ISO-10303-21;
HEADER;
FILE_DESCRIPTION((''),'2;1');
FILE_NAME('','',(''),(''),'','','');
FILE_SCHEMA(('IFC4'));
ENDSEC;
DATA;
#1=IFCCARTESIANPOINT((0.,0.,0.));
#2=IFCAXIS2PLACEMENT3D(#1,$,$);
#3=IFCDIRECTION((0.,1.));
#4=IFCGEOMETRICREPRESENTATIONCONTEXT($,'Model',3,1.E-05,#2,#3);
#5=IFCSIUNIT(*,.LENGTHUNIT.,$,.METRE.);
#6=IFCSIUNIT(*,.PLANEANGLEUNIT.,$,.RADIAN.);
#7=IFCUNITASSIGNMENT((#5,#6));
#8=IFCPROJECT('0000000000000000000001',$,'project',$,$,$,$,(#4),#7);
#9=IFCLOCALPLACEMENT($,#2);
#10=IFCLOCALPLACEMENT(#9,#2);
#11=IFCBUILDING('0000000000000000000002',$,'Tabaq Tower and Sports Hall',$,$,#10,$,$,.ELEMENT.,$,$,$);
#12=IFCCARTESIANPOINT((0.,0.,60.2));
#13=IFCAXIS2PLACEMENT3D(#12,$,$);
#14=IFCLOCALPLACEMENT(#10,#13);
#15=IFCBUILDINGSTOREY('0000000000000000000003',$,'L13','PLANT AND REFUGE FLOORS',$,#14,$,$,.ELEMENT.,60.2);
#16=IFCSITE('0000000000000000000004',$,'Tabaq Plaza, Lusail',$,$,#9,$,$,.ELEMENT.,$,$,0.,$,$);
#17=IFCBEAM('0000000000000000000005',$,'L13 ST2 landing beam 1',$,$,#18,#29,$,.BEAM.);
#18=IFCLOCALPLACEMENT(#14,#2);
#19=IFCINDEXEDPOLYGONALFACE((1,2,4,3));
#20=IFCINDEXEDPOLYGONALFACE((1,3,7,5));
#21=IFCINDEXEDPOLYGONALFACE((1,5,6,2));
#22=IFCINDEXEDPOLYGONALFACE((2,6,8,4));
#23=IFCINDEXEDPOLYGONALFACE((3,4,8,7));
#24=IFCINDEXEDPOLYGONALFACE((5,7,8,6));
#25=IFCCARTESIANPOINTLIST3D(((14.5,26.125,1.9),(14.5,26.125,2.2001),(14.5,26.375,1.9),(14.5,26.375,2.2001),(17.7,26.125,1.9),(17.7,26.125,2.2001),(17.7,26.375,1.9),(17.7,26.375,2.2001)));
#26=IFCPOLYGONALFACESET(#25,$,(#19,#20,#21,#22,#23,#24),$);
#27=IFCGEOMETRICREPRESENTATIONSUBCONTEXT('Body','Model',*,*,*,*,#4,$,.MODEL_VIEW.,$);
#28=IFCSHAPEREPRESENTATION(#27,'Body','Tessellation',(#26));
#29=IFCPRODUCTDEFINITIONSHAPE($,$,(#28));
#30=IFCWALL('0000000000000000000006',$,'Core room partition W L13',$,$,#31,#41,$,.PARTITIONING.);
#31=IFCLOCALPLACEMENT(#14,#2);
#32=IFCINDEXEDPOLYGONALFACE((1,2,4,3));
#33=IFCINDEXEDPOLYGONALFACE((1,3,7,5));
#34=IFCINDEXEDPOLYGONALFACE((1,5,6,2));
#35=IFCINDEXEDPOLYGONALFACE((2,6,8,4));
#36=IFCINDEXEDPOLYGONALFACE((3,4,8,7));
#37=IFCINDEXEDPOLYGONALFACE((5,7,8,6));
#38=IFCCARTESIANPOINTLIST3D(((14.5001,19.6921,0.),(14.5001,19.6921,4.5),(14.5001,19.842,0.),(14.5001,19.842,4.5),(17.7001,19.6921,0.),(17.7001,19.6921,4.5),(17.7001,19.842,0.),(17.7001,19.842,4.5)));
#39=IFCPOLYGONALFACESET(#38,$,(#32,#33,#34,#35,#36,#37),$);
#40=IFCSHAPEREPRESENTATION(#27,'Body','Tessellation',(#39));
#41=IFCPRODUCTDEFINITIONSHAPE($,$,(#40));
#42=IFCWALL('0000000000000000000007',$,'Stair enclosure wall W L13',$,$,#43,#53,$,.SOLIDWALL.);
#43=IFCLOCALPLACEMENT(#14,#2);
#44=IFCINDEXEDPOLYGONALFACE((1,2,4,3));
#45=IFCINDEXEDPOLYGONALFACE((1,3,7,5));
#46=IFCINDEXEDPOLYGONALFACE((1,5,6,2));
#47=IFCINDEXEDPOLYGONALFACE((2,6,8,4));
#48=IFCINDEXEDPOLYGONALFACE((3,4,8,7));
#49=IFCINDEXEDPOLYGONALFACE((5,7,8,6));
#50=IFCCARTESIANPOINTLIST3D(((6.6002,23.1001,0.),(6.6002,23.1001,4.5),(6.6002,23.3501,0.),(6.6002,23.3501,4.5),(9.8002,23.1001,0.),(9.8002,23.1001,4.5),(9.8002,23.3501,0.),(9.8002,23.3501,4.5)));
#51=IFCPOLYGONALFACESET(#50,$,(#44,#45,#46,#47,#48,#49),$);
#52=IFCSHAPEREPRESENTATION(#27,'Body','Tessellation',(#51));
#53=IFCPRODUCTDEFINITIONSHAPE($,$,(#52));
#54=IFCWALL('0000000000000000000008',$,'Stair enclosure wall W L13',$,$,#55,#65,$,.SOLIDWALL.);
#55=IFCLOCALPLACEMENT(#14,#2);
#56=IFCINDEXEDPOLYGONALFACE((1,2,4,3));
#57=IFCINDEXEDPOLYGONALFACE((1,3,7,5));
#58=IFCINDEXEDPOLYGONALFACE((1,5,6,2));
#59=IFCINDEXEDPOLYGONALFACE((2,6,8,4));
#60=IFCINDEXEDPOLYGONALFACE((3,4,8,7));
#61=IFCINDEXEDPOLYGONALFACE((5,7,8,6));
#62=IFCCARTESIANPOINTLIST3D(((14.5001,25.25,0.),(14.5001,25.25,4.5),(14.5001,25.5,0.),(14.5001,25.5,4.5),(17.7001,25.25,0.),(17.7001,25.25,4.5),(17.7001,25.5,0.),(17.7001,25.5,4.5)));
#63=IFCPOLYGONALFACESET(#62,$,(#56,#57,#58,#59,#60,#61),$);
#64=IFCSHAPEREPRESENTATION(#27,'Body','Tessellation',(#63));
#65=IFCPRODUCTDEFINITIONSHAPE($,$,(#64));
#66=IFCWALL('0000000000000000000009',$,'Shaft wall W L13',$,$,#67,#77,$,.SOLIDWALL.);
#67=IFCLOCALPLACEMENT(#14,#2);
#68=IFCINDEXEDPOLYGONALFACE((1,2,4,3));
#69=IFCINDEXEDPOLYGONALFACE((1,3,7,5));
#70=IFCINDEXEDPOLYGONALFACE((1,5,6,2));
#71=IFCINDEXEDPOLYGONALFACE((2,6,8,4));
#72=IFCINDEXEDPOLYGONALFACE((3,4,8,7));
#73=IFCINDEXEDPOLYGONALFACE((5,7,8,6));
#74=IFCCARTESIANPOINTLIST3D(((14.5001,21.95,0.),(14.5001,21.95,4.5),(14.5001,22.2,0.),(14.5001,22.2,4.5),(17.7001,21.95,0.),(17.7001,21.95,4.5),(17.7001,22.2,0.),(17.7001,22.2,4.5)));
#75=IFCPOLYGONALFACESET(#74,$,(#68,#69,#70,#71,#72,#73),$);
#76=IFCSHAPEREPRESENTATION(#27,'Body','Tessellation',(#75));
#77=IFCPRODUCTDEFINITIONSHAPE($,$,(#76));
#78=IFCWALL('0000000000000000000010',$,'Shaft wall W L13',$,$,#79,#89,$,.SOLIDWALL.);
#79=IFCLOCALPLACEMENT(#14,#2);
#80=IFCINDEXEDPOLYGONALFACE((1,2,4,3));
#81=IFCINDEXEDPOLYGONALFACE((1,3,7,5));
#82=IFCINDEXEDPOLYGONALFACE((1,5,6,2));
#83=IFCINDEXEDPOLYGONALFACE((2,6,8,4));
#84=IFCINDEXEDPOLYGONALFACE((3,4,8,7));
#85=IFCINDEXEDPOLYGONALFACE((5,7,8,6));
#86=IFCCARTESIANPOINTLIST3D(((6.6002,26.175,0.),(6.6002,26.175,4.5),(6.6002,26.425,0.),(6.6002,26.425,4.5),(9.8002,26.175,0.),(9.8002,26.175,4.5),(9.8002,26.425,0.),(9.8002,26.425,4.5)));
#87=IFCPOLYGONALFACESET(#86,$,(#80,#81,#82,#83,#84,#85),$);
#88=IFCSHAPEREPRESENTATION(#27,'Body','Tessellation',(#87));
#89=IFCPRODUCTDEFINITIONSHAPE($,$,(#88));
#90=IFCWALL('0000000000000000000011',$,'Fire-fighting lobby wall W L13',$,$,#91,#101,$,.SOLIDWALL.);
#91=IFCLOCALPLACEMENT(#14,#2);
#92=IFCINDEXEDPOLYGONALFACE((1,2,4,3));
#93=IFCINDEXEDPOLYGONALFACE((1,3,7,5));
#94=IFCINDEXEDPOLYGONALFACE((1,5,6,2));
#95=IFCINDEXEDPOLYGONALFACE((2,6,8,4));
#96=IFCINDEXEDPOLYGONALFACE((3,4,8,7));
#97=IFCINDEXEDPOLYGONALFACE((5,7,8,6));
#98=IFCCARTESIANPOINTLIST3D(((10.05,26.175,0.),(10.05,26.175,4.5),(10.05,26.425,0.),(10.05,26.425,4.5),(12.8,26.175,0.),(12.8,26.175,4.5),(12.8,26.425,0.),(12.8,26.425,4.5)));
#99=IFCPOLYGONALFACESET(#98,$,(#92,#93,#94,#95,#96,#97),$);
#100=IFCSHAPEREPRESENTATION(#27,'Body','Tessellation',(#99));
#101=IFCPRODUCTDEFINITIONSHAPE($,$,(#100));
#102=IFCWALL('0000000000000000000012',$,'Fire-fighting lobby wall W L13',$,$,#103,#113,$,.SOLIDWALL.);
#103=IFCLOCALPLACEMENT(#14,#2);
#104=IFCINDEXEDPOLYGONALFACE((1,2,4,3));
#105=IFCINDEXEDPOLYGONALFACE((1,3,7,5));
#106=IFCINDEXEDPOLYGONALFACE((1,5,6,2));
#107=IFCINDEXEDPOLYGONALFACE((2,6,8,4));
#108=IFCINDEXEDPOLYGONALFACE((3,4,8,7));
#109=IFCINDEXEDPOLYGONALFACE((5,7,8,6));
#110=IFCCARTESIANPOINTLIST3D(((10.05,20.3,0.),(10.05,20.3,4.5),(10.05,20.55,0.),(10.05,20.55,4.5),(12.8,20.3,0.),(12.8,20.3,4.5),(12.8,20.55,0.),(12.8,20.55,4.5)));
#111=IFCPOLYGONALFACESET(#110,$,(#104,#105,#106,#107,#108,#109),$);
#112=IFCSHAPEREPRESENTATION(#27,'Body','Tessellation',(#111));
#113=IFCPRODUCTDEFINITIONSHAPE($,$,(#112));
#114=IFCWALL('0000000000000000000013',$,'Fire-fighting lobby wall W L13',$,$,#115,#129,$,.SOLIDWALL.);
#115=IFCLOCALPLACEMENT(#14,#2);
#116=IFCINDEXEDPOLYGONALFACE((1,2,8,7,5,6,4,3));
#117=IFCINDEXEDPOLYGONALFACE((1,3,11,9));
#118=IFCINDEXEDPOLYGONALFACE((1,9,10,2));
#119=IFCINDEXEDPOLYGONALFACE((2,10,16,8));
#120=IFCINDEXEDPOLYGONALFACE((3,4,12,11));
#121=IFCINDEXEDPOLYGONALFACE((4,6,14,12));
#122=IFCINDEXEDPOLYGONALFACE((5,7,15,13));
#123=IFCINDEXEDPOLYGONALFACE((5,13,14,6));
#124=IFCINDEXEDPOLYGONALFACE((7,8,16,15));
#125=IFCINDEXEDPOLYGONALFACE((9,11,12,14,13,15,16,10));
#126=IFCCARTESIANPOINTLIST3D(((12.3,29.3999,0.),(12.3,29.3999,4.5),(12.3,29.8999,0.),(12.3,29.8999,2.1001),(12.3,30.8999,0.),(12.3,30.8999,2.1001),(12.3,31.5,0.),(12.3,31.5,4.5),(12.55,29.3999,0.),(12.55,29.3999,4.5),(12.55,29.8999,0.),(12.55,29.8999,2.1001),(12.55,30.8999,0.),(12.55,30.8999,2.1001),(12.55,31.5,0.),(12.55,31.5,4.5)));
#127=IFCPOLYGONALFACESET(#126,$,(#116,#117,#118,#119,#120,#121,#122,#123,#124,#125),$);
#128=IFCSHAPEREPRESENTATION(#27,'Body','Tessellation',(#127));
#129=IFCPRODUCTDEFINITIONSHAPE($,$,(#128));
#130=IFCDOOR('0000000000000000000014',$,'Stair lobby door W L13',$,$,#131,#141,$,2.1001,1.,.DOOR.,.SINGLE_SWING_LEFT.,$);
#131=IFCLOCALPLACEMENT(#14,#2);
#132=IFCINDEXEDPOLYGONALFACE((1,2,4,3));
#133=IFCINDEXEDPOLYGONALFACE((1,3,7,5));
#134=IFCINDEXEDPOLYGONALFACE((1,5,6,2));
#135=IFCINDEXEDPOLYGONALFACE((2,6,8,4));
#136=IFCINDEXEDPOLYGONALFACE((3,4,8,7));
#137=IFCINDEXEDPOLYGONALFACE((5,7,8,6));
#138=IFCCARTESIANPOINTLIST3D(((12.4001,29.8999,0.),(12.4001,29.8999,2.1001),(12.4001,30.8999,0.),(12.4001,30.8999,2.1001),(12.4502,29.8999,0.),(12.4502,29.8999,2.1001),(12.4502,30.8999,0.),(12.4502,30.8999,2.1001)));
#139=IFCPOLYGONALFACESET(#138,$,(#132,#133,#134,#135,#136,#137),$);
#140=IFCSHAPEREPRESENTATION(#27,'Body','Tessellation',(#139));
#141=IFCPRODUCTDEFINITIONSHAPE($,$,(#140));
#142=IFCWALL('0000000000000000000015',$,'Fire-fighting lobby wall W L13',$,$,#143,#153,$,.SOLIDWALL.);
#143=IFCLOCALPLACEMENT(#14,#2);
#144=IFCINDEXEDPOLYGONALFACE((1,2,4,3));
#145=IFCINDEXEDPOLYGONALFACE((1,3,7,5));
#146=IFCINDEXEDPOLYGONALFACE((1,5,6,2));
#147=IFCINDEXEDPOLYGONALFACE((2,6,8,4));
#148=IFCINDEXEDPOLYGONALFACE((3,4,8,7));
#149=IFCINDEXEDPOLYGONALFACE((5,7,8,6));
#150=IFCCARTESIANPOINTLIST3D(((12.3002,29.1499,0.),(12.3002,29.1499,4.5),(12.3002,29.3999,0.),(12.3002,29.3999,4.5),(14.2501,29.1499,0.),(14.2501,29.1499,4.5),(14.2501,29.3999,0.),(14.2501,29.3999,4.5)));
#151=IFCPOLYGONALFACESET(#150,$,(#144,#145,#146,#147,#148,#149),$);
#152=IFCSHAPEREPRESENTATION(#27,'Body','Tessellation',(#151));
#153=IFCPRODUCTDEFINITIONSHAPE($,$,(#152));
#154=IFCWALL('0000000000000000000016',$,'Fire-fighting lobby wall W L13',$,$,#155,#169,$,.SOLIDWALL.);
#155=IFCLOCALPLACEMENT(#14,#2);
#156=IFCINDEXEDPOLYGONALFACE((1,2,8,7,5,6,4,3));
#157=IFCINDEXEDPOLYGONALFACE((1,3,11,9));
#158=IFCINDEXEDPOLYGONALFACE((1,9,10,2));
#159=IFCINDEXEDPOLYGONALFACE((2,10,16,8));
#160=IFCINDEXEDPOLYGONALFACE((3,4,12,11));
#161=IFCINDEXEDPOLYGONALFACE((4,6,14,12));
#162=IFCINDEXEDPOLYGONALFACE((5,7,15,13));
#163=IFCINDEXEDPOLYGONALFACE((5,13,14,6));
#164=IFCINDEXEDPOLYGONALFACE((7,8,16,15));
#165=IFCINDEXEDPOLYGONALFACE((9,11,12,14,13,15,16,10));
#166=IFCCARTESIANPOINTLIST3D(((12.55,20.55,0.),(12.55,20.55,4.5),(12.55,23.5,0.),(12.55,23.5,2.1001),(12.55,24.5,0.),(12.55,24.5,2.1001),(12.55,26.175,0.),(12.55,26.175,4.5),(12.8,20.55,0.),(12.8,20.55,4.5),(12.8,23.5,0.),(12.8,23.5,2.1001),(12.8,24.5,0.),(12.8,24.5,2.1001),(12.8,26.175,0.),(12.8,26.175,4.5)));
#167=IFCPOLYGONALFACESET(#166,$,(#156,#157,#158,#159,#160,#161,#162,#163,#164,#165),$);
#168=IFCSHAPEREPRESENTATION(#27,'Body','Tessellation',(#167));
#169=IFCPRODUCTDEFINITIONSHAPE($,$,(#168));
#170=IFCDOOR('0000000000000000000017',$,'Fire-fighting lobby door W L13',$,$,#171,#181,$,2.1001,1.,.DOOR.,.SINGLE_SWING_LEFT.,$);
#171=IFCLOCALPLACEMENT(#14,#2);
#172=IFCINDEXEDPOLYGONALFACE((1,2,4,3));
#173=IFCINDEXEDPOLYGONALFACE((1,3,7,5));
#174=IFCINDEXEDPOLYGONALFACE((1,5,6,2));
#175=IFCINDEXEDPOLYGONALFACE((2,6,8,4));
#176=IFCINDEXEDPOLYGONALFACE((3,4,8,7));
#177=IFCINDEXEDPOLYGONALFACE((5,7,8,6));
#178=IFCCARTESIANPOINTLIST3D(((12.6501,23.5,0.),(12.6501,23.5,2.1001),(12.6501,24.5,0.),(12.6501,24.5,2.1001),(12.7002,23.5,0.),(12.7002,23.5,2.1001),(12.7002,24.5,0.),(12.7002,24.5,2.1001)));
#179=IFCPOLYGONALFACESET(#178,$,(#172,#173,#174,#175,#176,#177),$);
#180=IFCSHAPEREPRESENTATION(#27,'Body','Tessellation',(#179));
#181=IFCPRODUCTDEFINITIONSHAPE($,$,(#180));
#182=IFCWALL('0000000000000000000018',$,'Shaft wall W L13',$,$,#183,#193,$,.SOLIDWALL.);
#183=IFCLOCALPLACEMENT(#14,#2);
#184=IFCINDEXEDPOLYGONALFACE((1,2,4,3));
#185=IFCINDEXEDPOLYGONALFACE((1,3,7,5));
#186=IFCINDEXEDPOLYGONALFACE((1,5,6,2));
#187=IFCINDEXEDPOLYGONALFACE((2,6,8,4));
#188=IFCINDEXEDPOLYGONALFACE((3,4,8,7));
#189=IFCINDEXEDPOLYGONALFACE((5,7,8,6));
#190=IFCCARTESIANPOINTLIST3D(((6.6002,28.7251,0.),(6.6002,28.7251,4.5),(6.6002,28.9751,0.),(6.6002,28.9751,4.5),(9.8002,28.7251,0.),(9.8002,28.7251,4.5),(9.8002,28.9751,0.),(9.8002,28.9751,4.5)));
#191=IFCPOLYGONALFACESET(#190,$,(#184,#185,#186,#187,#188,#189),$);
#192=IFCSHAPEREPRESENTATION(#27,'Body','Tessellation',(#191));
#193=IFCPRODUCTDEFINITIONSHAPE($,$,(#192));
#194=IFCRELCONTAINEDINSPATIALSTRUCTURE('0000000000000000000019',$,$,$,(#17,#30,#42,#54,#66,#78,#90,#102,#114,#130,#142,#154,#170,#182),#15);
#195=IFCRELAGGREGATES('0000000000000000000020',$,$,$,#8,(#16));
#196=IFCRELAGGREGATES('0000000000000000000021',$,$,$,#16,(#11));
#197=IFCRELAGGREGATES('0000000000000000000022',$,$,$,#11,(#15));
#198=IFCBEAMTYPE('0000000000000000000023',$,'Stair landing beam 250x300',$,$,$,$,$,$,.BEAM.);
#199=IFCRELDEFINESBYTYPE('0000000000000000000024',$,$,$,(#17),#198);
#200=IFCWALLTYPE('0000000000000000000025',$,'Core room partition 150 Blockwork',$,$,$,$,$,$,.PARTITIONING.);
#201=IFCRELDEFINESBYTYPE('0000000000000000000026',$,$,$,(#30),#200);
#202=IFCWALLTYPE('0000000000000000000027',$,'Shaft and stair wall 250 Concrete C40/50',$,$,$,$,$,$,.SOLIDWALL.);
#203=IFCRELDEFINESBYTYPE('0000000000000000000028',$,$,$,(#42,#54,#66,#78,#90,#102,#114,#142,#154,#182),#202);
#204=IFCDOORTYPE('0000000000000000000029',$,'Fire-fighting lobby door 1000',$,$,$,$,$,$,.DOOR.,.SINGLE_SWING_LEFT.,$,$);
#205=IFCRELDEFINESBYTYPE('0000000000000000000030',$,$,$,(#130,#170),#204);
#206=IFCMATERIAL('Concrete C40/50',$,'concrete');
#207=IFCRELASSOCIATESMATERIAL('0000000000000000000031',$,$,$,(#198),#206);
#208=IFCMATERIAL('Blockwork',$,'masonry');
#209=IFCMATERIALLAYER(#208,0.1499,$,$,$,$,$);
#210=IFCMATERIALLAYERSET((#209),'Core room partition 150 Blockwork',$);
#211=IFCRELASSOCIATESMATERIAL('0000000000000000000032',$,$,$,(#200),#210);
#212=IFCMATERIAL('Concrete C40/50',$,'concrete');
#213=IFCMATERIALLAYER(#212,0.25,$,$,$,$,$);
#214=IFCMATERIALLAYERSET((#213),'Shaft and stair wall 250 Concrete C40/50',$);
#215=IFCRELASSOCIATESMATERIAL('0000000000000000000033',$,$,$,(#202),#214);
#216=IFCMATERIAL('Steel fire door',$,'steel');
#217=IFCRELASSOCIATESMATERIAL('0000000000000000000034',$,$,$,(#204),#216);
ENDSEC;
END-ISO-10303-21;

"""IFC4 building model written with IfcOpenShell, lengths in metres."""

from ifc_helpers import new_model, si_unit, direction, frame, frame_2d, origin, origin_2d, place, context, subcontext, project, spatial, rectangle, extrude, material, layer, layer_set, material_profile, profile_set, type_object, element, fill, save


model = new_model("IFC4")

# Units and contexts
model_context = context("Model", 3, precision=1e-05, world=origin(), true_north=direction((0.0, 1.0)))
body_context = subcontext(model_context, "Body", "Model", "MODEL_VIEW")
ifc_project = project(units=[si_unit("LENGTHUNIT", "METRE"), si_unit("PLANEANGLEUNIT", "RADIAN")], contexts=[model_context])

# Site, building, storey
site_placement = place(None, origin())
site = spatial("IfcSite", under=ifc_project, at=site_placement, Name="Tabaq Plaza, Lusail", CompositionType="ELEMENT", RefElevation=0.0)
building_placement = place(site_placement, origin())
building = spatial("IfcBuilding", under=site, at=building_placement, Name="Tabaq Tower and Sports Hall", CompositionType="ELEMENT")
storey_placement = place(building_placement, frame((0.0, 0.0, 60.2)))
storey = spatial("IfcBuildingStorey", under=building, at=storey_placement, Name="L13", Description="PLANT AND REFUGE FLOORS", CompositionType="ELEMENT", Elevation=60.2)

# Beam
ifc_material_1 = material(Name="Concrete C40/50", Category="concrete")
ifc_material_profile = material_profile(ifc_material_1, rectangle(XDim=0.25, YDim=0.3, at=origin_2d()), Name="RC 250x300")
ifc_profile_set = profile_set([ifc_material_profile], Name="Concrete C40/50")
beam_type = type_object("IfcBeamType", Name="Stair landing beam 250x300", PredefinedType="BEAM", material=ifc_profile_set)
beam_placement = place(storey_placement, frame((14.5, 26.25, 2.05), z_axis=(1.0, 0.0, 0.0), x_axis=(0.0, 1.0, 0.0)))
element("IfcBeam", 1, at=beam_placement, inside=storey, type_object=beam_type, Name="L13 ST2 landing beam 1", PredefinedType="BEAM", context=body_context, shape_type="SweptSolid", body=[
    extrude(rectangle(XDim=0.25, YDim=0.3, at=origin_2d()), origin(), (0.0, 0.0, 1.0), 3.2),
])

# Walls
ifc_material_2 = material(Name="Blockwork", Category="masonry")
ifc_layer_1 = layer(ifc_material_2, 0.1499)
ifc_layer_set_1 = layer_set([ifc_layer_1], Name="Core room partition 150 Blockwork")
wall_type_1 = type_object("IfcWallType", Name="Core room partition 150 Blockwork", PredefinedType="PARTITIONING", material=ifc_layer_set_1)
wall_1_placement = place(storey_placement, frame((14.5, 19.7671, 0.0), z_axis=(0.0, 0.0, 1.0), x_axis=(1.0, 0.0, 0.0)))
element("IfcWall", 2, at=wall_1_placement, inside=storey, type_object=wall_type_1, Name="Core room partition W L13", PredefinedType="PARTITIONING", context=body_context, shape_type="SweptSolid", body=[
    extrude(rectangle(XDim=3.2, YDim=0.1499, at=frame_2d((1.6001, 0.0))), origin(), (0.0, 0.0, 1.0), 4.5),
])
ifc_material_3 = material(Name="Concrete C40/50", Category="concrete")
ifc_layer_2 = layer(ifc_material_3, 0.25)
ifc_layer_set_2 = layer_set([ifc_layer_2], Name="Shaft and stair wall 250 Concrete C40/50")
wall_type_2 = type_object("IfcWallType", Name="Shaft and stair wall 250 Concrete C40/50", PredefinedType="SOLIDWALL", material=ifc_layer_set_2)
for number, where, z_axis, x_axis, name in (
    (3, (6.6001, 23.2251, 0.0), (0.0, 0.0, 1.0), (1.0, 0.0, 0.0), "Stair enclosure wall W L13"),
    (4, (14.5, 25.375, 0.0), (0.0, 0.0, 1.0), (1.0, 0.0, 0.0), "Stair enclosure wall W L13"),
    (5, (14.5, 22.075, 0.0), (0.0, 0.0, 1.0), (1.0, 0.0, 0.0), "Shaft wall W L13"),
    (6, (6.6001, 26.3, 0.0), (0.0, 0.0, 1.0), (1.0, 0.0, 0.0), "Shaft wall W L13"),
):
    element("IfcWall", number, at=place(storey_placement, frame(where, z_axis=z_axis, x_axis=x_axis)), inside=storey, type_object=wall_type_2, Name=name, PredefinedType="SOLIDWALL", context=body_context, shape_type="SweptSolid", body=[
        extrude(rectangle(XDim=3.2, YDim=0.25, at=frame_2d((1.6001, 0.0))), origin(), (0.0, 0.0, 1.0), 4.5),
    ])
for number, where, z_axis, x_axis, name in (
    (7, (10.05, 26.3, 0.0), (0.0, 0.0, 1.0), (1.0, 0.0, 0.0), "Fire-fighting lobby wall W L13"),
    (8, (10.05, 20.425, 0.0), (0.0, 0.0, 1.0), (1.0, 0.0, 0.0), "Fire-fighting lobby wall W L13"),
):
    element("IfcWall", number, at=place(storey_placement, frame(where, z_axis=z_axis, x_axis=x_axis)), inside=storey, type_object=wall_type_2, Name=name, PredefinedType="SOLIDWALL", context=body_context, shape_type="SweptSolid", body=[
        extrude(rectangle(XDim=2.75, YDim=0.25, at=frame_2d((1.375, 0.0))), origin(), (0.0, 0.0, 1.0), 4.5),
    ])

# Wall, opening, door
wall_2_placement = place(storey_placement, frame((12.425, 29.3999, 0.0), z_axis=(0.0, 0.0, 1.0), x_axis=(0.0, 1.0, 0.0)))
wall_2 = element("IfcWall", 9, at=wall_2_placement, inside=storey, type_object=wall_type_2, Name="Fire-fighting lobby wall W L13", PredefinedType="SOLIDWALL", context=body_context, shape_type="SweptSolid", body=[
    extrude(rectangle(XDim=2.1001, YDim=0.25, at=frame_2d((1.05, 0.0))), origin(), (0.0, 0.0, 1.0), 4.5),
])
opening_1_placement = place(wall_2_placement, frame((0.5, 0.0, 0.0)))
opening_1 = element("IfcOpeningElement", 10, at=opening_1_placement, cuts=wall_2, PredefinedType="OPENING", context=body_context, shape_type="SweptSolid", body=[
    extrude(rectangle(XDim=1.0, YDim=2.1001, at=frame_2d((0.5, 1.05))), frame((0.0, 0.125, 0.0), z_axis=(0.0, -1.0, 0.0), x_axis=(1.0, 0.0, 0.0)), (0.0, 0.0, 1.0), 0.25),
])
ifc_material_4 = material(Name="Steel fire door", Category="steel")
door_type = type_object("IfcDoorType", Name="Fire-fighting lobby door 1000", OperationType="SINGLE_SWING_LEFT", PredefinedType="DOOR", material=ifc_material_4)
door_1_placement = place(opening_1_placement, origin())
door_1 = element("IfcDoor", 11, at=door_1_placement, inside=storey, type_object=door_type, Name="Stair lobby door W L13", OperationType="SINGLE_SWING_LEFT", OverallHeight=2.1001, OverallWidth=1.0, PredefinedType="DOOR", context=body_context, shape_type="SweptSolid", body=[
    extrude(rectangle(XDim=1.0, YDim=2.1001, at=frame_2d((0.5, 1.05))), frame((0.0, 0.0249, 0.0), z_axis=(0.0, -1.0, 0.0), x_axis=(1.0, 0.0, 0.0)), (0.0, 0.0, 1.0), 0.05),
])
fill(opening_1, door_1)

# Wall
wall_3_placement = place(storey_placement, frame((12.3, 29.2749, 0.0), z_axis=(0.0, 0.0, 1.0), x_axis=(1.0, 0.0, 0.0)))
element("IfcWall", 12, at=wall_3_placement, inside=storey, type_object=wall_type_2, Name="Fire-fighting lobby wall W L13", PredefinedType="SOLIDWALL", context=body_context, shape_type="SweptSolid", body=[
    extrude(rectangle(XDim=1.95, YDim=0.25, at=frame_2d((0.9751, 0.0))), origin(), (0.0, 0.0, 1.0), 4.5),
])

# Wall, opening, door
wall_4_placement = place(storey_placement, frame((12.675, 20.55, 0.0), z_axis=(0.0, 0.0, 1.0), x_axis=(0.0, 1.0, 0.0)))
wall_4 = element("IfcWall", 13, at=wall_4_placement, inside=storey, type_object=wall_type_2, Name="Fire-fighting lobby wall W L13", PredefinedType="SOLIDWALL", context=body_context, shape_type="SweptSolid", body=[
    extrude(rectangle(XDim=5.625, YDim=0.25, at=frame_2d((2.8125, 0.0))), origin(), (0.0, 0.0, 1.0), 4.5),
])
opening_2_placement = place(wall_4_placement, frame((2.95, 0.0, 0.0)))
opening_2 = element("IfcOpeningElement", 14, at=opening_2_placement, cuts=wall_4, PredefinedType="OPENING", context=body_context, shape_type="SweptSolid", body=[
    extrude(rectangle(XDim=1.0, YDim=2.1001, at=frame_2d((0.5, 1.05))), frame((0.0, 0.125, 0.0), z_axis=(0.0, -1.0, 0.0), x_axis=(1.0, 0.0, 0.0)), (0.0, 0.0, 1.0), 0.25),
])
door_2_placement = place(opening_2_placement, origin())
door_2 = element("IfcDoor", 15, at=door_2_placement, inside=storey, type_object=door_type, Name="Fire-fighting lobby door W L13", OperationType="SINGLE_SWING_LEFT", OverallHeight=2.1001, OverallWidth=1.0, PredefinedType="DOOR", context=body_context, shape_type="SweptSolid", body=[
    extrude(rectangle(XDim=1.0, YDim=2.1001, at=frame_2d((0.5, 1.05))), frame((0.0, 0.0249, 0.0), z_axis=(0.0, -1.0, 0.0), x_axis=(1.0, 0.0, 0.0)), (0.0, 0.0, 1.0), 0.05),
])
fill(opening_2, door_2)

# Wall
wall_5_placement = place(storey_placement, frame((6.6001, 28.8501, 0.0), z_axis=(0.0, 0.0, 1.0), x_axis=(1.0, 0.0, 0.0)))
element("IfcWall", 16, at=wall_5_placement, inside=storey, type_object=wall_type_2, Name="Shaft wall W L13", PredefinedType="SOLIDWALL", context=body_context, shape_type="SweptSolid", body=[
    extrude(rectangle(XDim=3.2, YDim=0.25, at=frame_2d((1.6001, 0.0))), origin(), (0.0, 0.0, 1.0), 4.5),
])

save(model, "model.ifc")
